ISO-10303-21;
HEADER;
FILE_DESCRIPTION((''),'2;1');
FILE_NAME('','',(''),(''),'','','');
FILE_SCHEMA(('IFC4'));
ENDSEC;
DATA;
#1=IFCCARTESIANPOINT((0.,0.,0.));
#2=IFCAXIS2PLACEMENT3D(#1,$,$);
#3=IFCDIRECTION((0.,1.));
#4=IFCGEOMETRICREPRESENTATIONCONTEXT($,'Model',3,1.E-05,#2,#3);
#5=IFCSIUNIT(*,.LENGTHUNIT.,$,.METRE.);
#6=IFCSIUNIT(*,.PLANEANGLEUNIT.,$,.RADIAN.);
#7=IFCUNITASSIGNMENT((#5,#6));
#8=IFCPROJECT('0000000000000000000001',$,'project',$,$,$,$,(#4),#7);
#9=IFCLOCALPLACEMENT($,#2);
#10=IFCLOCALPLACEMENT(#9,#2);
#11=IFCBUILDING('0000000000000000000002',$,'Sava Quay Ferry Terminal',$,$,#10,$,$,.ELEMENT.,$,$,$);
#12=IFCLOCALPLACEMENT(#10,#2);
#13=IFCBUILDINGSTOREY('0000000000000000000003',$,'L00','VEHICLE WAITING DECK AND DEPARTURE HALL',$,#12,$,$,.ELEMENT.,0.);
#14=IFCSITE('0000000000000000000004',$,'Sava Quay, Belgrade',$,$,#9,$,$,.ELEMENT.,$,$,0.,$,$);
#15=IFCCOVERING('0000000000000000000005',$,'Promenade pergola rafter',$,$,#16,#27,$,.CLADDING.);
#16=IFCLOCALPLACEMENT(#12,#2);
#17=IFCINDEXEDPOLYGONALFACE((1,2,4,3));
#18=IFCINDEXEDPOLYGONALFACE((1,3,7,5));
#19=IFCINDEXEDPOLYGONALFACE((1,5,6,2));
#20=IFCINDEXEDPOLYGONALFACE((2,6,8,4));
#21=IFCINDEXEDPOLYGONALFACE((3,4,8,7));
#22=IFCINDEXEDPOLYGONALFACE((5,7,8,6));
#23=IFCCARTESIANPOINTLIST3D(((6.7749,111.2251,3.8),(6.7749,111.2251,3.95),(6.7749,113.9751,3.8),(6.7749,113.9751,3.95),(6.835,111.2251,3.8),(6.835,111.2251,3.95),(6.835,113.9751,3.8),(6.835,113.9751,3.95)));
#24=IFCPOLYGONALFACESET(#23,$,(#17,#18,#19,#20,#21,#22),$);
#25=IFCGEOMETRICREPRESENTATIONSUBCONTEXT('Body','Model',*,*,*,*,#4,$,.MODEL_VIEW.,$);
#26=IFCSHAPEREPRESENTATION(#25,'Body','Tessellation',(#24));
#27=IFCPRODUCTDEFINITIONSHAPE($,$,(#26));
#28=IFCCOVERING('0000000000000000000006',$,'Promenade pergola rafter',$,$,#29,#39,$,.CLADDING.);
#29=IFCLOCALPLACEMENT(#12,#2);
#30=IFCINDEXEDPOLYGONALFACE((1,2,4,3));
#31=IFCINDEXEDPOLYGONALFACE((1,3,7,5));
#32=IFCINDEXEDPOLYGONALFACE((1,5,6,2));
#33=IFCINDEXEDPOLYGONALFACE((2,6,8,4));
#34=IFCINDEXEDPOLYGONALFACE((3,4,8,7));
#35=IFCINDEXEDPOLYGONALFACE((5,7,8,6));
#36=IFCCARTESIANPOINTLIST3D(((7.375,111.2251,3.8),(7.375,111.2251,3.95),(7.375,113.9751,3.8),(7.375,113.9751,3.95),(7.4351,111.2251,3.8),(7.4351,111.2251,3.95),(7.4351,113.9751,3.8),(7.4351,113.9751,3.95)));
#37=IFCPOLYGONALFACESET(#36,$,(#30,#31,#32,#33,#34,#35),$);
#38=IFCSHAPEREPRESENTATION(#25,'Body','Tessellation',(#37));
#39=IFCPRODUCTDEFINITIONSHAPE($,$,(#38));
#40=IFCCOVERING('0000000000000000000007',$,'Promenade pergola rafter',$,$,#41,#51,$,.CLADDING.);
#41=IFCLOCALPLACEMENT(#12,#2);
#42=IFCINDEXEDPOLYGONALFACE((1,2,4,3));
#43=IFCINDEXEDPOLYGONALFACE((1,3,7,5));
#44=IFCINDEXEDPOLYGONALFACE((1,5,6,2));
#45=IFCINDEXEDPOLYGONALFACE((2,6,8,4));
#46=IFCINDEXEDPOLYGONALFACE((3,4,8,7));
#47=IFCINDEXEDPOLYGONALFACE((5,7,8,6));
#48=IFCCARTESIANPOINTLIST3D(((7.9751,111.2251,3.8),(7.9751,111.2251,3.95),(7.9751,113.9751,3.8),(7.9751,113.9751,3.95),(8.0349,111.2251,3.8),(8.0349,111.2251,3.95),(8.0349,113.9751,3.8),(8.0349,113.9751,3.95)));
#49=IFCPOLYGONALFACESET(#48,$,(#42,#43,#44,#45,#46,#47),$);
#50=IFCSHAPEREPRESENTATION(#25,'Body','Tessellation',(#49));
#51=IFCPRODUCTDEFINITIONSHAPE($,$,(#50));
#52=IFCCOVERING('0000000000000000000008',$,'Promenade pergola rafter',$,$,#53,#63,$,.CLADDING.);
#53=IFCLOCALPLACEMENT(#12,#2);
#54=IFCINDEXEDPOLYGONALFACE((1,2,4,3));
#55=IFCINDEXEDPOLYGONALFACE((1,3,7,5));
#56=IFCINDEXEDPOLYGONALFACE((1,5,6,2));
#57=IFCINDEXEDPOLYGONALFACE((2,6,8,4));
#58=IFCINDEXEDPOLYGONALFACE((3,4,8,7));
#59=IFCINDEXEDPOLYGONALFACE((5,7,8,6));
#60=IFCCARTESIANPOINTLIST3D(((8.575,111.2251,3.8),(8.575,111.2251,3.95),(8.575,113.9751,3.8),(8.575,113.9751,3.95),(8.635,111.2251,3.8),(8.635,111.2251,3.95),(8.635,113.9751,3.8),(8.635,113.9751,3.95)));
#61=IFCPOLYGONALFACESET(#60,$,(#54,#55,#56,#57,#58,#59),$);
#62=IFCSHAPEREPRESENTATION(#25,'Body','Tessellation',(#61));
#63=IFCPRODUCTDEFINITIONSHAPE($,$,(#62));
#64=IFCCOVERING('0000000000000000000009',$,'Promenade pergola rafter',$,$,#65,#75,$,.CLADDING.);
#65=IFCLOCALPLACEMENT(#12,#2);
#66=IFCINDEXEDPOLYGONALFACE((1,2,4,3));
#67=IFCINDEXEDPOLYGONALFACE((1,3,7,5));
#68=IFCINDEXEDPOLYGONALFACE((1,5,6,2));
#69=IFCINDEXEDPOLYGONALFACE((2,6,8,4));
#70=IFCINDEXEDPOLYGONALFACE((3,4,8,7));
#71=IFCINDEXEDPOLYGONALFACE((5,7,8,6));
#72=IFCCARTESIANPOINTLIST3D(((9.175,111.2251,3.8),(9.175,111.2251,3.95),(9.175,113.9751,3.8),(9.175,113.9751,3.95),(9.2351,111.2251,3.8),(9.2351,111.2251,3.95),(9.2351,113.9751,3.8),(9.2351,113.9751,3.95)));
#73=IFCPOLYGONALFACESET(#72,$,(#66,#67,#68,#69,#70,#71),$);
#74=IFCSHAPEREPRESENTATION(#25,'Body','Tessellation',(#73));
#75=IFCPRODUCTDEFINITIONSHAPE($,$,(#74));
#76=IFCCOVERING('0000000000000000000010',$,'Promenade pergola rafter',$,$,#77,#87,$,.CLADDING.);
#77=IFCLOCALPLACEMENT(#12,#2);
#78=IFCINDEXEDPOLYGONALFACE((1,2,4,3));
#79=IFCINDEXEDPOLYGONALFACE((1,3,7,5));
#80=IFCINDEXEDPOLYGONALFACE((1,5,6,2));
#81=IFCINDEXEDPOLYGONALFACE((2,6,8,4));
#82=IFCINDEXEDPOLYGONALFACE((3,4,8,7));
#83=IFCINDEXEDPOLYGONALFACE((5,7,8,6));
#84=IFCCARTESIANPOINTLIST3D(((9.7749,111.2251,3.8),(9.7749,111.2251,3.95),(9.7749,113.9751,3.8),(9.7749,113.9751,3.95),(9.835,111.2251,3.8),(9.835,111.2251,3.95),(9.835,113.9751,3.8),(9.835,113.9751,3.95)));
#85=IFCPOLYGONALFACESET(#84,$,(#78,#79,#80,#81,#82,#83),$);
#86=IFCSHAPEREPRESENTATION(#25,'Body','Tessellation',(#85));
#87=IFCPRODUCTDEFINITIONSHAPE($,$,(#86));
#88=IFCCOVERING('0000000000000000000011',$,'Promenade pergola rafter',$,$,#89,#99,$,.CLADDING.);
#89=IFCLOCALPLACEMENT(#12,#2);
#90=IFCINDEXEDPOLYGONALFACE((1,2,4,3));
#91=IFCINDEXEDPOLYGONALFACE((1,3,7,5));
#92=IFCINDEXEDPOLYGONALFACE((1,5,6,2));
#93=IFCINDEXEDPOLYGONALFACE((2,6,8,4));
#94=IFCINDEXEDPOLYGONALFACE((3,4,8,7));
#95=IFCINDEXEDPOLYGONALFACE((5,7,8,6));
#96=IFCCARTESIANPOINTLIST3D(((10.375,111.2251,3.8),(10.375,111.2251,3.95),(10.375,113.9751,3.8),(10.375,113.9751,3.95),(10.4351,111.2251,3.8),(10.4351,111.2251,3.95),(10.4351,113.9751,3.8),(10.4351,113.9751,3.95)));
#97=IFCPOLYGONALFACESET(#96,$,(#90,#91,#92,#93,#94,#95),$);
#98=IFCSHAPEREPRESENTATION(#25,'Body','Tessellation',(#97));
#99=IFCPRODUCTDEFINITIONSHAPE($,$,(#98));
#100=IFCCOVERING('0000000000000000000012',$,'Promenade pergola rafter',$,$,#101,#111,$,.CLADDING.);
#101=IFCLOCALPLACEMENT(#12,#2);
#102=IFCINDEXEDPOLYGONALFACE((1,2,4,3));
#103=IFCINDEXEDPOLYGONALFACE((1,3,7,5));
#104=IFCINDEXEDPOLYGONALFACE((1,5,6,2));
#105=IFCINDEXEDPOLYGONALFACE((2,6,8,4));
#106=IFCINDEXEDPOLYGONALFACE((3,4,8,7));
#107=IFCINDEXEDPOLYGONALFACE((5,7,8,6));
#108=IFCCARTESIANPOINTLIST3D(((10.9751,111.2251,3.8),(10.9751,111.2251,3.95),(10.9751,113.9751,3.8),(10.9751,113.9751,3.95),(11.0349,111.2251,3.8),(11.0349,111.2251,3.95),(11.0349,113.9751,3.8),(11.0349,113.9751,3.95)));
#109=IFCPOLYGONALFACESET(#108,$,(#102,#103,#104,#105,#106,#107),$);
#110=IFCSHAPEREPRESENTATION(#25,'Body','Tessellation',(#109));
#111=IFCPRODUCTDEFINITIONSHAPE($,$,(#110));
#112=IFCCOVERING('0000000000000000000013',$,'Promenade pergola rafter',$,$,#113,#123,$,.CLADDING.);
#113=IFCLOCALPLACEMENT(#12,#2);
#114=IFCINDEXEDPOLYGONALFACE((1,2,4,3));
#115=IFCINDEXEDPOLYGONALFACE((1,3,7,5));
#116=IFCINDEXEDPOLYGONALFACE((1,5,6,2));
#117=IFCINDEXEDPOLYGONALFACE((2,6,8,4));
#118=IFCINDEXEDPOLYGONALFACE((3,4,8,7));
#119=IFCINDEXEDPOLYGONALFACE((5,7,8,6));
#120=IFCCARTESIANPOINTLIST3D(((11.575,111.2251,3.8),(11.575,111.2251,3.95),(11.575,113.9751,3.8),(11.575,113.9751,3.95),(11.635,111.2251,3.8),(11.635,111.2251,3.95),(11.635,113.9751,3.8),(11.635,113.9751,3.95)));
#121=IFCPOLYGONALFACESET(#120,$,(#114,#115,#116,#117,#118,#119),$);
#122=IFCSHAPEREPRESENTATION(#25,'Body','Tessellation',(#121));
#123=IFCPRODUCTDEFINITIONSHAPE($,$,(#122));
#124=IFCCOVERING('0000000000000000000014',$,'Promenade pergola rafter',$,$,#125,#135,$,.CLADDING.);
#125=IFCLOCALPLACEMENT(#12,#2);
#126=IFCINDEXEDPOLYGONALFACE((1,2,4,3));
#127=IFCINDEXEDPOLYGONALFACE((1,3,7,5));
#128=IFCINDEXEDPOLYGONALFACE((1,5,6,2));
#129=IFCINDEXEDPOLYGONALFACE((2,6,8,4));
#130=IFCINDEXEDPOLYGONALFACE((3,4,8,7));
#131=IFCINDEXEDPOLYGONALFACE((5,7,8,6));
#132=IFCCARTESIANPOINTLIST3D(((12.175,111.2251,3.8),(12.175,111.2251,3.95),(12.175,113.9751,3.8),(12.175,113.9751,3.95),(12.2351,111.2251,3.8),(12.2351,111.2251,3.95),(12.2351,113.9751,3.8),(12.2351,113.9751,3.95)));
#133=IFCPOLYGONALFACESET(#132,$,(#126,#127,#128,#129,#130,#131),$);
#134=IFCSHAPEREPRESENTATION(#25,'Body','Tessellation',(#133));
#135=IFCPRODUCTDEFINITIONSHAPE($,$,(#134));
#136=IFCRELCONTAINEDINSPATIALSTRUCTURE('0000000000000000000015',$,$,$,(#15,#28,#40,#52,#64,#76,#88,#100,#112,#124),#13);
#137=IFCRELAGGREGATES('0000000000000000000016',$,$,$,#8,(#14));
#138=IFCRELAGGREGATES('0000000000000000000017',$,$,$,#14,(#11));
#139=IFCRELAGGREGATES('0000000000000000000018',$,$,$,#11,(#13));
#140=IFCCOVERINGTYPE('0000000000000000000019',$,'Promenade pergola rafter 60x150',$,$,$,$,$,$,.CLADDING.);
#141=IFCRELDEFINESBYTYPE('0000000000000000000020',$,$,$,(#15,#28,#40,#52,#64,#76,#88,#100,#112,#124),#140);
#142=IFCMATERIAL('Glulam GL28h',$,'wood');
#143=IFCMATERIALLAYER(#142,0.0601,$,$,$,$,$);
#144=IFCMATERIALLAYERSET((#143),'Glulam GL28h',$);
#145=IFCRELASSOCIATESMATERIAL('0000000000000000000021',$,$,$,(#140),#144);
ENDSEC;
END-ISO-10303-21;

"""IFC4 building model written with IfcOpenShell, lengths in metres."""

from ifc_helpers import new_model, si_unit, direction, frame, origin, place, context, subcontext, project, spatial, polyline, outline, extrude, material, layer, layer_set, type_object, element, save


model = new_model("IFC4")

# Units and contexts
model_context = context("Model", 3, precision=1e-05, world=origin(), true_north=direction((0.0, 1.0)))
body_context = subcontext(model_context, "Body", "Model", "MODEL_VIEW")
ifc_project = project(units=[si_unit("LENGTHUNIT", "METRE"), si_unit("PLANEANGLEUNIT", "RADIAN")], contexts=[model_context])

# Site, building, storey
site_placement = place(None, origin())
site = spatial("IfcSite", under=ifc_project, at=site_placement, Name="Sava Quay, Belgrade", CompositionType="ELEMENT", RefElevation=0.0)
building_placement = place(site_placement, origin())
building = spatial("IfcBuilding", under=site, at=building_placement, Name="Sava Quay Ferry Terminal", CompositionType="ELEMENT")
storey_placement = place(building_placement, origin())
storey = spatial("IfcBuildingStorey", under=building, at=storey_placement, Name="L00", Description="VEHICLE WAITING DECK AND DEPARTURE HALL", CompositionType="ELEMENT", Elevation=0.0)

# Coverings
ifc_material_1 = material(Name="Glulam GL28h", Category="wood")
ifc_layer_1 = layer(ifc_material_1, 0.0601)
ifc_layer_set_1 = layer_set([ifc_layer_1], Name="Glulam GL28h")
covering_type_1 = type_object("IfcCoveringType", Name="Promenade pergola rafter 60x150", PredefinedType="CLADDING", material=ifc_layer_set_1)
covering_1_placement = place(storey_placement, frame((0.0, 0.0, 3.8)))
element("IfcCovering", 1, at=covering_1_placement, inside=storey, type_object=covering_type_1, Name="Promenade pergola rafter", PredefinedType="CLADDING", context=body_context, shape_type="SweptSolid", body=[
    extrude(outline(polyline([(6.835, 111.2251), (6.835, 113.9751), (6.7749, 113.9751), (6.7749, 111.2251), (6.835, 111.2251)])), origin(), (0.0, 0.0, 1.0), 0.1499),
])
covering_2_placement = place(storey_placement, frame((0.0, 0.0, 3.8)))
element("IfcCovering", 2, at=covering_2_placement, inside=storey, type_object=covering_type_1, Name="Promenade pergola rafter", PredefinedType="CLADDING", context=body_context, shape_type="SweptSolid", body=[
    extrude(outline(polyline([(7.4351, 111.2251), (7.4351, 113.9751), (7.375, 113.9751), (7.375, 111.2251), (7.4351, 111.2251)])), origin(), (0.0, 0.0, 1.0), 0.1499),
])
covering_3_placement = place(storey_placement, frame((0.0, 0.0, 3.8)))
element("IfcCovering", 3, at=covering_3_placement, inside=storey, type_object=covering_type_1, Name="Promenade pergola rafter", PredefinedType="CLADDING", context=body_context, shape_type="SweptSolid", body=[
    extrude(outline(polyline([(8.0349, 111.2251), (8.0349, 113.9751), (7.9751, 113.9751), (7.9751, 111.2251), (8.0349, 111.2251)])), origin(), (0.0, 0.0, 1.0), 0.1499),
])
covering_4_placement = place(storey_placement, frame((0.0, 0.0, 3.8)))
element("IfcCovering", 4, at=covering_4_placement, inside=storey, type_object=covering_type_1, Name="Promenade pergola rafter", PredefinedType="CLADDING", context=body_context, shape_type="SweptSolid", body=[
    extrude(outline(polyline([(8.635, 111.2251), (8.635, 113.9751), (8.575, 113.9751), (8.575, 111.2251), (8.635, 111.2251)])), origin(), (0.0, 0.0, 1.0), 0.1499),
])
covering_5_placement = place(storey_placement, frame((0.0, 0.0, 3.8)))
element("IfcCovering", 5, at=covering_5_placement, inside=storey, type_object=covering_type_1, Name="Promenade pergola rafter", PredefinedType="CLADDING", context=body_context, shape_type="SweptSolid", body=[
    extrude(outline(polyline([(9.2351, 111.2251), (9.2351, 113.9751), (9.175, 113.9751), (9.175, 111.2251), (9.2351, 111.2251)])), origin(), (0.0, 0.0, 1.0), 0.1499),
])
covering_6_placement = place(storey_placement, frame((0.0, 0.0, 3.8)))
element("IfcCovering", 6, at=covering_6_placement, inside=storey, type_object=covering_type_1, Name="Promenade pergola rafter", PredefinedType="CLADDING", context=body_context, shape_type="SweptSolid", body=[
    extrude(outline(polyline([(9.835, 111.2251), (9.835, 113.9751), (9.7749, 113.9751), (9.7749, 111.2251), (9.835, 111.2251)])), origin(), (0.0, 0.0, 1.0), 0.1499),
])
covering_7_placement = place(storey_placement, frame((0.0, 0.0, 3.8)))
element("IfcCovering", 7, at=covering_7_placement, inside=storey, type_object=covering_type_1, Name="Promenade pergola rafter", PredefinedType="CLADDING", context=body_context, shape_type="SweptSolid", body=[
    extrude(outline(polyline([(10.4351, 111.2251), (10.4351, 113.9751), (10.375, 113.9751), (10.375, 111.2251), (10.4351, 111.2251)])), origin(), (0.0, 0.0, 1.0), 0.1499),
])
covering_8_placement = place(storey_placement, frame((0.0, 0.0, 3.8)))
element("IfcCovering", 8, at=covering_8_placement, inside=storey, type_object=covering_type_1, Name="Promenade pergola rafter", PredefinedType="CLADDING", context=body_context, shape_type="SweptSolid", body=[
    extrude(outline(polyline([(11.0349, 111.2251), (11.0349, 113.9751), (10.9751, 113.9751), (10.9751, 111.2251), (11.0349, 111.2251)])), origin(), (0.0, 0.0, 1.0), 0.1499),
])
covering_9_placement = place(storey_placement, frame((0.0, 0.0, 3.8)))
element("IfcCovering", 9, at=covering_9_placement, inside=storey, type_object=covering_type_1, Name="Promenade pergola rafter", PredefinedType="CLADDING", context=body_context, shape_type="SweptSolid", body=[
    extrude(outline(polyline([(11.635, 111.2251), (11.635, 113.9751), (11.575, 113.9751), (11.575, 111.2251), (11.635, 111.2251)])), origin(), (0.0, 0.0, 1.0), 0.1499),
])
covering_10_placement = place(storey_placement, frame((0.0, 0.0, 3.8)))
element("IfcCovering", 10, at=covering_10_placement, inside=storey, type_object=covering_type_1, Name="Promenade pergola rafter", PredefinedType="CLADDING", context=body_context, shape_type="SweptSolid", body=[
    extrude(outline(polyline([(12.2351, 111.2251), (12.2351, 113.9751), (12.175, 113.9751), (12.175, 111.2251), (12.2351, 111.2251)])), origin(), (0.0, 0.0, 1.0), 0.1499),
])

save(model, "model.ifc")
